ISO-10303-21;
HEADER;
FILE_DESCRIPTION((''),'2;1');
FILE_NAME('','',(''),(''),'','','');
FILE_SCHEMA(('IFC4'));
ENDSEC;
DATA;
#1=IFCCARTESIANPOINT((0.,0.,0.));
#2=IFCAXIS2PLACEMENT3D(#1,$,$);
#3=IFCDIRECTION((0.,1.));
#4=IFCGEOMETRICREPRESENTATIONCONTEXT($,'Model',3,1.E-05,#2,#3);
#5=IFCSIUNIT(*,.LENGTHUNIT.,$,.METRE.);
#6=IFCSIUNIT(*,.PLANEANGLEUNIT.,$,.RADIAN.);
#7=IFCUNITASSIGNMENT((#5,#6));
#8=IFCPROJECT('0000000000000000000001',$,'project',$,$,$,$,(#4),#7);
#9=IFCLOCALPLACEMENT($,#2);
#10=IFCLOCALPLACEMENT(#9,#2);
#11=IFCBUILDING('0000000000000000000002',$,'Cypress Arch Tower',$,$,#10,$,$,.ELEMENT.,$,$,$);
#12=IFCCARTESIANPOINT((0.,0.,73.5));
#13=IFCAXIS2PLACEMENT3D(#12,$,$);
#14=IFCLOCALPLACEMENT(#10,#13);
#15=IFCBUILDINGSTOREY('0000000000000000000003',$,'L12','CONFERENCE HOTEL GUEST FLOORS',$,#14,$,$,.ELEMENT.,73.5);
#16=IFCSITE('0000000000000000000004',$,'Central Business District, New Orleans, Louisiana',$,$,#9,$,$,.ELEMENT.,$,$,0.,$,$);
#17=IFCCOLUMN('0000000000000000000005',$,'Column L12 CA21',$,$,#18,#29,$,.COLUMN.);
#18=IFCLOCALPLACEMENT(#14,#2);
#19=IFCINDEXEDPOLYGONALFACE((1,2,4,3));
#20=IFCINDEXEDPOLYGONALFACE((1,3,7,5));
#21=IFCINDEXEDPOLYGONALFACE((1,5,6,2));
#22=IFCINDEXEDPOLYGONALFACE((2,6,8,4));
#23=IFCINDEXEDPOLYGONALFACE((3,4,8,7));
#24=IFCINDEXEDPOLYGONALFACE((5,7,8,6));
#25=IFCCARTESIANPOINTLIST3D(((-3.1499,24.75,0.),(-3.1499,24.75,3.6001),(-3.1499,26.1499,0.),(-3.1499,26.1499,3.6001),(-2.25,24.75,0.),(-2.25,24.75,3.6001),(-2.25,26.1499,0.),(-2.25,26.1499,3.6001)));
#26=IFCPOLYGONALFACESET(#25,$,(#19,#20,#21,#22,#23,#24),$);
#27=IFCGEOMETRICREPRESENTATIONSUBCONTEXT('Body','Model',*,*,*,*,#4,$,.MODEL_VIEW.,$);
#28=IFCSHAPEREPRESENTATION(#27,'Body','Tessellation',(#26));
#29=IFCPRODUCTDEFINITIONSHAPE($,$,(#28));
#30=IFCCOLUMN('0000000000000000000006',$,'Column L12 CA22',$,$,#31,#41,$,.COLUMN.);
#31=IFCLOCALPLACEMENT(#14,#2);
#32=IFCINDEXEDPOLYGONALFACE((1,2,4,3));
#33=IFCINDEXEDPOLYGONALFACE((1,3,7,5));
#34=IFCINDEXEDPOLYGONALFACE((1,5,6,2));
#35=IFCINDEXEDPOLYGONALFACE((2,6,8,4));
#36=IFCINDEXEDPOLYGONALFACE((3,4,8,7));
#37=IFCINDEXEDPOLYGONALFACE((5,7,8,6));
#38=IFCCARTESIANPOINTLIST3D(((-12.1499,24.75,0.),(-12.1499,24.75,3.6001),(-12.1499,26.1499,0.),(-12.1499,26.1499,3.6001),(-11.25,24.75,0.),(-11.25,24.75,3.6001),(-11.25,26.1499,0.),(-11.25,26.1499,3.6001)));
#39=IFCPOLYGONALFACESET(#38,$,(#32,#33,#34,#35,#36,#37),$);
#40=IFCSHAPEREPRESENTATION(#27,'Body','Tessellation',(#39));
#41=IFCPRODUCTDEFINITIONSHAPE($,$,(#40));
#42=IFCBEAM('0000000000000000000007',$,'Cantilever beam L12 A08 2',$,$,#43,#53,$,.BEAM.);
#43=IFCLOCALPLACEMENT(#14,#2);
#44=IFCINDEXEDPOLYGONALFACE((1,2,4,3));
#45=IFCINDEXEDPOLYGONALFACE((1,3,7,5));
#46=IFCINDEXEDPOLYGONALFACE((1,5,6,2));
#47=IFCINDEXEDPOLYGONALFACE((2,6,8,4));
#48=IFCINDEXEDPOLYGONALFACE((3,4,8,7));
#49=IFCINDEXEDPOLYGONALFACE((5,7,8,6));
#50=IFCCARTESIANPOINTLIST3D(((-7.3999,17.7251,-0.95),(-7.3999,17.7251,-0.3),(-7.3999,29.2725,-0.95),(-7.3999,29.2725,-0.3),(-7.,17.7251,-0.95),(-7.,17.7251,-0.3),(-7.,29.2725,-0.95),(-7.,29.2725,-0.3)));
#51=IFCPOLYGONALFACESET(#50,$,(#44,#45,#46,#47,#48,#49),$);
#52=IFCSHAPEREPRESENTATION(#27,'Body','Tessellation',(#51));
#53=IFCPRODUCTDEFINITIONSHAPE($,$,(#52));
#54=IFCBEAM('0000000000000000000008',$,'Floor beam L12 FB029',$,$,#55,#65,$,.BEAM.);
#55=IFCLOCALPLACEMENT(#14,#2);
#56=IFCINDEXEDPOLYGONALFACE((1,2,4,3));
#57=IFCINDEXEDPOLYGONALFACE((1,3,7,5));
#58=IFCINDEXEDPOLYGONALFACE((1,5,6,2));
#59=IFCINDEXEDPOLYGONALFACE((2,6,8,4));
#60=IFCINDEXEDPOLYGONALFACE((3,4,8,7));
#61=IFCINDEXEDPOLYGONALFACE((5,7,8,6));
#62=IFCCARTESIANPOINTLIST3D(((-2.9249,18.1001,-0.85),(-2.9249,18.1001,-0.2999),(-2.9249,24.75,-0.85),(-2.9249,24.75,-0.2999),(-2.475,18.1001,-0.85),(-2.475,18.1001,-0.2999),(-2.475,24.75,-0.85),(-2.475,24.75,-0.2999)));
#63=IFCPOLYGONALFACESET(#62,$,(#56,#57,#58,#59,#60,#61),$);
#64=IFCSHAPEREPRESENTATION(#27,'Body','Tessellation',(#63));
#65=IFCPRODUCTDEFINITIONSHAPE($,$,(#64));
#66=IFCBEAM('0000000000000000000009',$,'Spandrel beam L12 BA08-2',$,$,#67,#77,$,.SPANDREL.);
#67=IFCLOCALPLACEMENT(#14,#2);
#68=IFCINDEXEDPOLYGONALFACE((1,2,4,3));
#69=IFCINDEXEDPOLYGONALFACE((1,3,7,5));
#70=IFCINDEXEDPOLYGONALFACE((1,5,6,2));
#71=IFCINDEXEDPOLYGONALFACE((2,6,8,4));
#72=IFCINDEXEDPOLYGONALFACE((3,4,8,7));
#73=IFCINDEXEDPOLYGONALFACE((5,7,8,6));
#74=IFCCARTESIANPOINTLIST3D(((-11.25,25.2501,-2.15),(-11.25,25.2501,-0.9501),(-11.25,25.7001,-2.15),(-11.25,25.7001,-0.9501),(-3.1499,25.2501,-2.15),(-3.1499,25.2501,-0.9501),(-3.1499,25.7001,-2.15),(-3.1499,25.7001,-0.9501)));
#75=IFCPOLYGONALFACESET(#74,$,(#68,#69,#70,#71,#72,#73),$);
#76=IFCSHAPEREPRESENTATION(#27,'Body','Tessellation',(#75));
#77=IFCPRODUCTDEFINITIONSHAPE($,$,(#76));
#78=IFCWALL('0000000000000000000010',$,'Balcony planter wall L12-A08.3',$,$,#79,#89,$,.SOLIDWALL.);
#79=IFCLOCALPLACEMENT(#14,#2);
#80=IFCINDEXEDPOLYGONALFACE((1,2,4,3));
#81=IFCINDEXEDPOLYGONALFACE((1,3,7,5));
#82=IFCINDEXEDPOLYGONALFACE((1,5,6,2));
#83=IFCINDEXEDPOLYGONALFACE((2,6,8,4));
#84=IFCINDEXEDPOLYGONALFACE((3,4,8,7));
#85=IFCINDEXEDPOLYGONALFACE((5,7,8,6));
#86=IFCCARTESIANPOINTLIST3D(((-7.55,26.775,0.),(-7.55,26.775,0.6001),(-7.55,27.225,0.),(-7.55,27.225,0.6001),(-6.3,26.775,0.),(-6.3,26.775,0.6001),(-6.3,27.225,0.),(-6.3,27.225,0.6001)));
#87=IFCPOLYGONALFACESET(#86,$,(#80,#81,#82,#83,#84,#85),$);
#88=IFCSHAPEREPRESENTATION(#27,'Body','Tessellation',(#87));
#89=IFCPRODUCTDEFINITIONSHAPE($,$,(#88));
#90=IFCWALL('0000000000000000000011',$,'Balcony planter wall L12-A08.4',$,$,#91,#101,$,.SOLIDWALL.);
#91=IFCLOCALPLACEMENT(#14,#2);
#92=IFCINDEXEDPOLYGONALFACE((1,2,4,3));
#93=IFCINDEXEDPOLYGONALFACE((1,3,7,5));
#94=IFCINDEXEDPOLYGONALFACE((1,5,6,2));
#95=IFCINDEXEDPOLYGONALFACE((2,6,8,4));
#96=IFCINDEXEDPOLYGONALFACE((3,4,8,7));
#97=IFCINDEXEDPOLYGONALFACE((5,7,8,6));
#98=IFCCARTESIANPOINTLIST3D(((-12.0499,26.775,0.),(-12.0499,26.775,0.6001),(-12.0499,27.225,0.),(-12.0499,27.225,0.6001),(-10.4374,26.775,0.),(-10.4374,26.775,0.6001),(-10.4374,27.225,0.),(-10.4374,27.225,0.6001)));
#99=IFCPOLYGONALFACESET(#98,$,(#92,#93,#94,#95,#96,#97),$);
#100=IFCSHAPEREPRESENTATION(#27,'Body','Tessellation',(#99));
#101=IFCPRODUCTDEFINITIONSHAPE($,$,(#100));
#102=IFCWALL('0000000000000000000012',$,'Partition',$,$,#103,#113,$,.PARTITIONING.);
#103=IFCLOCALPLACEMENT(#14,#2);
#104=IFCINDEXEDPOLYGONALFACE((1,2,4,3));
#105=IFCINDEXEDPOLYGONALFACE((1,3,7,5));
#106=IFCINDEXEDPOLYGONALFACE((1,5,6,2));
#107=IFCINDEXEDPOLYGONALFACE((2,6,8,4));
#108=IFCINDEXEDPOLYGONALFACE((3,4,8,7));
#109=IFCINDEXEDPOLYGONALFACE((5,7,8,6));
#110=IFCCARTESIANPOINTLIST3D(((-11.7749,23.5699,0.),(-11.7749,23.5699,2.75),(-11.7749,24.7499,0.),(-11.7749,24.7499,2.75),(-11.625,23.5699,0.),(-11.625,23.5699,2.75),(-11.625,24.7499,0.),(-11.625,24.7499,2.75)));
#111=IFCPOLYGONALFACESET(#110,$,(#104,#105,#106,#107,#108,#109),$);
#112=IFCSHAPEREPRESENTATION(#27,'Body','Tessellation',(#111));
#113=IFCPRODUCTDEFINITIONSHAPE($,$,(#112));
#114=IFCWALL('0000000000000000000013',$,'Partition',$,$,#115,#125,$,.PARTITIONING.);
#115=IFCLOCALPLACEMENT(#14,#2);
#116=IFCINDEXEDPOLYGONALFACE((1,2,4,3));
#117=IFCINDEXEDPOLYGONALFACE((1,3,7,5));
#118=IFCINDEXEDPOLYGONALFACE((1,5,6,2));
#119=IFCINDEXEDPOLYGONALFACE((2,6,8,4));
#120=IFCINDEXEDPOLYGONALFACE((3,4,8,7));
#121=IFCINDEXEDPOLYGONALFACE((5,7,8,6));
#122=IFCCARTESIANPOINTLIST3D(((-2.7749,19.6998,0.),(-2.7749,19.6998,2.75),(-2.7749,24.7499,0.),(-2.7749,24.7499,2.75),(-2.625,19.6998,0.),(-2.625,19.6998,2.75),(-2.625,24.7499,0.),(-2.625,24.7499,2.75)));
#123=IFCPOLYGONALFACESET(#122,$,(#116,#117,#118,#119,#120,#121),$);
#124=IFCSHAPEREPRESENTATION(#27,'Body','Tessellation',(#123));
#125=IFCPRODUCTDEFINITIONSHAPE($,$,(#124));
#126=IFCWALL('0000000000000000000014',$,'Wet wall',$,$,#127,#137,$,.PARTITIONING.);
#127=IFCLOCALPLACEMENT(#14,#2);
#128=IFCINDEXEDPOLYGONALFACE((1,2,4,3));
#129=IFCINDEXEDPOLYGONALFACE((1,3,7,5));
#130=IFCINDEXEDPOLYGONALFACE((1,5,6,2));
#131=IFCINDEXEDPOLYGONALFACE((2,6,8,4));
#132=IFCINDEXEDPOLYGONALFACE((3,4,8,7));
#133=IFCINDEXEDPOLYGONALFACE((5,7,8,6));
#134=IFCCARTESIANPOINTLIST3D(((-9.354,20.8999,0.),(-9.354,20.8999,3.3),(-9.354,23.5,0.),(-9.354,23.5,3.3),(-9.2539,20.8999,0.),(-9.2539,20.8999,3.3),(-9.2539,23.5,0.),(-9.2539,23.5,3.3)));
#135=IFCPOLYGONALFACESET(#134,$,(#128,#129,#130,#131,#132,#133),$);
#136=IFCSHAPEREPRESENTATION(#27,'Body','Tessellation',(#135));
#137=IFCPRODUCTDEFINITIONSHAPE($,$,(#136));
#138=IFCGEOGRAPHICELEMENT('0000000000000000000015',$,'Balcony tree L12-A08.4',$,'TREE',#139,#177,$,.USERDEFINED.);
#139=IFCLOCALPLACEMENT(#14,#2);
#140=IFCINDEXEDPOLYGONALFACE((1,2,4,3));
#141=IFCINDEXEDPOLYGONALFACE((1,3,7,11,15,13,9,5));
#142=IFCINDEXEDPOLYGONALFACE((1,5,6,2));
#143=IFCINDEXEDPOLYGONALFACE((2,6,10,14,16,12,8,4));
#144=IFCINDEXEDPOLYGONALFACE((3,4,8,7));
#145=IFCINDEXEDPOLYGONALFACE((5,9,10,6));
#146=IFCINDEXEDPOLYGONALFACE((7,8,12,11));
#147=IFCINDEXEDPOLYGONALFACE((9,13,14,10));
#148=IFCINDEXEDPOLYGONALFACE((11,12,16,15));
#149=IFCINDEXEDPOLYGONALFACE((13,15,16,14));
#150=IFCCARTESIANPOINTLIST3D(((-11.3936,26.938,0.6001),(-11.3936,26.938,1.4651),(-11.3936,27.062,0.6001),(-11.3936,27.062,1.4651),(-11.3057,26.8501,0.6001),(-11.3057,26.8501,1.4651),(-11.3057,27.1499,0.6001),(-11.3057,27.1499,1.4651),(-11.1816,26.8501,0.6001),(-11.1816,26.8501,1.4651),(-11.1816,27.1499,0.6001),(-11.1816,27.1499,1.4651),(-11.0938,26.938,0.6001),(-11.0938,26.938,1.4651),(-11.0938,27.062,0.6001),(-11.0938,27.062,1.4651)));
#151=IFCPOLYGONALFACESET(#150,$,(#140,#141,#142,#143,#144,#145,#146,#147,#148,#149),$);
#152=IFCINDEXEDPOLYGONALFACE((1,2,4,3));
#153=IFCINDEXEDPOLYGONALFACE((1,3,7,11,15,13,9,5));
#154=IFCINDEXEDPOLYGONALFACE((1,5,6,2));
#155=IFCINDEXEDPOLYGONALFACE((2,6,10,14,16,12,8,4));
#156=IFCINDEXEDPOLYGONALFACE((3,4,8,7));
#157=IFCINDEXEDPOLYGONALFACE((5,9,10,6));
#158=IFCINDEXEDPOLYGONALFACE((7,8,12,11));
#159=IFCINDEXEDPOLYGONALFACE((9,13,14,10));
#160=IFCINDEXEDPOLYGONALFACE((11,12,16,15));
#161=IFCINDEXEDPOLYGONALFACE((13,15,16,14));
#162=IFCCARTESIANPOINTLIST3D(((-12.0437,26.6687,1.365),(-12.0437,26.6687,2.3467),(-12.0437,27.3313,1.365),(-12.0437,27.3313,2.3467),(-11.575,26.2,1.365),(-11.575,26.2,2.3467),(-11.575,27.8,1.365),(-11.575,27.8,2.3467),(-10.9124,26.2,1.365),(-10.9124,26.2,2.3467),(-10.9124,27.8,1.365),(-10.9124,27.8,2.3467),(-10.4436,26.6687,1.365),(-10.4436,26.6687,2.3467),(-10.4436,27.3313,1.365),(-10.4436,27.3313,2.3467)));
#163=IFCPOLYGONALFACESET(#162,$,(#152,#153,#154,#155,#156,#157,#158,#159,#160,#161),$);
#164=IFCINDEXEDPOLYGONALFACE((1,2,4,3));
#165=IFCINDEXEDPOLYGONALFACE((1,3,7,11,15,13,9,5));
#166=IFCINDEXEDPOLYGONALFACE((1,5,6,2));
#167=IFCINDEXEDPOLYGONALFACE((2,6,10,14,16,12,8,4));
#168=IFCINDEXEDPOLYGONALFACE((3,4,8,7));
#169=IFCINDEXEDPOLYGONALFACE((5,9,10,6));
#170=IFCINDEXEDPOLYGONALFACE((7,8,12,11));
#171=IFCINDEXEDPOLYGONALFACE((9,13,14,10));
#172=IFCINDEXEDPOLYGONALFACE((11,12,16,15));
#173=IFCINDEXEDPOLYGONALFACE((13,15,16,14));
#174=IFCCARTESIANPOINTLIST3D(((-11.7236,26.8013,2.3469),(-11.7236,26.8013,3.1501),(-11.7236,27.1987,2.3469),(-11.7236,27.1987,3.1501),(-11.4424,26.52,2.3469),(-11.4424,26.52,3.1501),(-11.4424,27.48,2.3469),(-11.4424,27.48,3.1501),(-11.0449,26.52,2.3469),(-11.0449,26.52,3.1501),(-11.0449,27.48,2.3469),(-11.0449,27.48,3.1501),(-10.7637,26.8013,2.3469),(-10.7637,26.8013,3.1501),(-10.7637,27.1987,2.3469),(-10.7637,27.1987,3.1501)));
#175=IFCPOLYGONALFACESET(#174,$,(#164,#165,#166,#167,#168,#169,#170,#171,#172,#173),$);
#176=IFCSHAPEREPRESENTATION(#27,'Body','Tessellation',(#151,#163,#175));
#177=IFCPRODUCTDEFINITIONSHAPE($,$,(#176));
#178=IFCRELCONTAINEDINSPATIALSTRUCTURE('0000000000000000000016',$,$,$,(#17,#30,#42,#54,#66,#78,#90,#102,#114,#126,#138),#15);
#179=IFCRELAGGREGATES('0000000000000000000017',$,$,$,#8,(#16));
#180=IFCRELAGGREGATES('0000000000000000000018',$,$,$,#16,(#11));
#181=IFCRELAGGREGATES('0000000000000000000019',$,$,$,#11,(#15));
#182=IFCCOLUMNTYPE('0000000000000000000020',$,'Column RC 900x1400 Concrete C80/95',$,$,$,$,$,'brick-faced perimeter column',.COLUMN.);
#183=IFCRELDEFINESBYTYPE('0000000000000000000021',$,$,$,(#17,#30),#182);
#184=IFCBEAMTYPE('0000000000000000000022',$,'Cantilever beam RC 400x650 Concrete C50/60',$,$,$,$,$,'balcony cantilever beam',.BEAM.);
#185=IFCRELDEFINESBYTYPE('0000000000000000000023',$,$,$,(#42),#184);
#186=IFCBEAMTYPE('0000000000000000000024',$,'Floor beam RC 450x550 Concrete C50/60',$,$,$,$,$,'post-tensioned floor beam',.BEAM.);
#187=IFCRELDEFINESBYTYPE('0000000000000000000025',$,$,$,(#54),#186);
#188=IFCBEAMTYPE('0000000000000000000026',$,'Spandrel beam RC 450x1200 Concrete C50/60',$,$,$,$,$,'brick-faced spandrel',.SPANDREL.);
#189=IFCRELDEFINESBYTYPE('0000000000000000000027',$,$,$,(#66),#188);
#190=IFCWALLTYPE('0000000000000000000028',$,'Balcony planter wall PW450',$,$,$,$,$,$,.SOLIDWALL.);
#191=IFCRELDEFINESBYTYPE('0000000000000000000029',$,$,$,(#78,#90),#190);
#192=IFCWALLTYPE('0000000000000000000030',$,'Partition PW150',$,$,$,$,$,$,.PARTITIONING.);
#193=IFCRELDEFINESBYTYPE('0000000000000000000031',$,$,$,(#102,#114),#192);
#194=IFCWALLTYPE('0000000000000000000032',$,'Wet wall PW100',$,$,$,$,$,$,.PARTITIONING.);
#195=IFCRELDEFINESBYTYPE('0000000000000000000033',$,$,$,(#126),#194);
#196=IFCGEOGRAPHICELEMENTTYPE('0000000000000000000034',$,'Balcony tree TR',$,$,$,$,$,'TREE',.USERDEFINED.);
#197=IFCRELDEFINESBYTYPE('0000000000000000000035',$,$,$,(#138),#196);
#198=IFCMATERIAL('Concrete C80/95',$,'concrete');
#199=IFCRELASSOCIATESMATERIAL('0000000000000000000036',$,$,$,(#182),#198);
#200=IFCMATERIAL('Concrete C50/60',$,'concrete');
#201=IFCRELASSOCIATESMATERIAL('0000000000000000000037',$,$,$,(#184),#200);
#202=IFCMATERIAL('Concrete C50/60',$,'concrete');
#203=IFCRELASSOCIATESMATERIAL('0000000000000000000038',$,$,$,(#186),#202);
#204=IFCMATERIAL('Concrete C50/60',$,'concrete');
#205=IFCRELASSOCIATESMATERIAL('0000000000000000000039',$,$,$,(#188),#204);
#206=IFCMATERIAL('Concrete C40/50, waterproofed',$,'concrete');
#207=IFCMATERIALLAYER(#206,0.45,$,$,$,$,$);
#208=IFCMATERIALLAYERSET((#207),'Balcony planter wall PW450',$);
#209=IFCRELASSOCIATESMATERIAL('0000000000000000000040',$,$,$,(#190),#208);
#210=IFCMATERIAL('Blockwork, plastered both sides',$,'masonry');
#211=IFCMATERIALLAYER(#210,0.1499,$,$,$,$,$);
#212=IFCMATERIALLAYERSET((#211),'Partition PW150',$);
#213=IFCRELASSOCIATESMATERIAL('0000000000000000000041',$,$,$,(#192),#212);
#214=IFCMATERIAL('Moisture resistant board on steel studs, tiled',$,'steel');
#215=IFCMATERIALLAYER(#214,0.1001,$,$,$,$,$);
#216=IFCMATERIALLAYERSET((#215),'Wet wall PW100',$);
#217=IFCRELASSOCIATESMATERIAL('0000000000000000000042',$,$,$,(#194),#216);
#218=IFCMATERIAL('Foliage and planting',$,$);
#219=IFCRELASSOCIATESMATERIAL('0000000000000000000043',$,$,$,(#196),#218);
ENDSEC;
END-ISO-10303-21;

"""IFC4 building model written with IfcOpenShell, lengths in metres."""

from ifc_helpers import new_model, si_unit, direction, frame, frame_2d, origin, origin_2d, place, context, subcontext, project, spatial, polyline, rectangle, outline, extrude, material, layer, layer_set, material_profile, profile_set, type_object, element, save


model = new_model("IFC4")

# Units and contexts
model_context = context("Model", 3, precision=1e-05, world=origin(), true_north=direction((0.0, 1.0)))
body_context = subcontext(model_context, "Body", "Model", "MODEL_VIEW")
ifc_project = project(units=[si_unit("LENGTHUNIT", "METRE"), si_unit("PLANEANGLEUNIT", "RADIAN")], contexts=[model_context])

# Site, building, storey
site_placement = place(None, origin())
site = spatial("IfcSite", under=ifc_project, at=site_placement, Name="Central Business District, New Orleans, Louisiana", CompositionType="ELEMENT", RefElevation=0.0)
building_placement = place(site_placement, origin())
building = spatial("IfcBuilding", under=site, at=building_placement, Name="Cypress Arch Tower", CompositionType="ELEMENT")
storey_placement = place(building_placement, frame((0.0, 0.0, 73.5)))
storey = spatial("IfcBuildingStorey", under=building, at=storey_placement, Name="L12", Description="CONFERENCE HOTEL GUEST FLOORS", CompositionType="ELEMENT", Elevation=73.5)

# Columns
ifc_material_1 = material(Name="Concrete C80/95", Category="concrete")
ifc_material_profile_1 = material_profile(ifc_material_1, rectangle(XDim=0.8999, YDim=1.3999, at=origin_2d()), Name="RC 900x1400")
ifc_profile_set_1 = profile_set([ifc_material_profile_1], Name="Concrete C80/95")
column_type = type_object("IfcColumnType", Name="Column RC 900x1400 Concrete C80/95", ElementType="brick-faced perimeter column", PredefinedType="COLUMN", material=ifc_profile_set_1)
for number, where, z_axis, x_axis, name in (
    (1, (-2.7, 25.45, 0.0), (0.0, 0.0, 1.0), (-1.0, 0.0, 0.0), "Column L12 CA21"),
    (2, (-11.7, 25.45, 0.0), (0.0, 0.0, 1.0), (-1.0, 0.0, 0.0), "Column L12 CA22"),
):
    element("IfcColumn", number, at=place(storey_placement, frame(where, z_axis=z_axis, x_axis=x_axis)), inside=storey, type_object=column_type, Name=name, PredefinedType="COLUMN", context=body_context, shape_type="SweptSolid", body=[
        extrude(rectangle(XDim=0.8999, YDim=1.3999, at=origin_2d()), origin(), (0.0, 0.0, 1.0), 3.6001),
    ])

# Beams
ifc_material_2 = material(Name="Concrete C50/60", Category="concrete")
ifc_material_profile_2 = material_profile(ifc_material_2, rectangle(XDim=0.3999, YDim=0.6499, at=origin_2d()), Name="RC 400x650")
ifc_profile_set_2 = profile_set([ifc_material_profile_2], Name="Concrete C50/60")
beam_type_1 = type_object("IfcBeamType", Name="Cantilever beam RC 400x650 Concrete C50/60", ElementType="balcony cantilever beam", PredefinedType="BEAM", material=ifc_profile_set_2)
beam_1_placement = place(storey_placement, frame((-7.2, 17.7251, -0.625), z_axis=(0.0, 1.0, 0.0), x_axis=(-1.0, 0.0, 0.0)))
element("IfcBeam", 3, at=beam_1_placement, inside=storey, type_object=beam_type_1, Name="Cantilever beam L12 A08 2", PredefinedType="BEAM", context=body_context, shape_type="SweptSolid", body=[
    extrude(rectangle(XDim=0.3999, YDim=0.6499, at=origin_2d()), origin(), (0.0, 0.0, 1.0), 11.5474),
])
ifc_material_3 = material(Name="Concrete C50/60", Category="concrete")
ifc_material_profile_3 = material_profile(ifc_material_3, rectangle(XDim=0.45, YDim=0.55, at=origin_2d()), Name="RC 450x550")
ifc_profile_set_3 = profile_set([ifc_material_profile_3], Name="Concrete C50/60")
beam_type_2 = type_object("IfcBeamType", Name="Floor beam RC 450x550 Concrete C50/60", ElementType="post-tensioned floor beam", PredefinedType="BEAM", material=ifc_profile_set_3)
beam_2_placement = place(storey_placement, frame((-2.7, 18.1001, -0.575), z_axis=(0.0, 1.0, 0.0), x_axis=(-1.0, 0.0, 0.0)))
element("IfcBeam", 4, at=beam_2_placement, inside=storey, type_object=beam_type_2, Name="Floor beam L12 FB029", PredefinedType="BEAM", context=body_context, shape_type="SweptSolid", body=[
    extrude(rectangle(XDim=0.45, YDim=0.55, at=origin_2d()), origin(), (0.0, 0.0, 1.0), 6.6499),
])
ifc_material_4 = material(Name="Concrete C50/60", Category="concrete")
ifc_material_profile_4 = material_profile(ifc_material_4, rectangle(XDim=0.45, YDim=1.2, at=origin_2d()), Name="RC 450x1200")
ifc_profile_set_4 = profile_set([ifc_material_profile_4], Name="Concrete C50/60")
beam_type_3 = type_object("IfcBeamType", Name="Spandrel beam RC 450x1200 Concrete C50/60", ElementType="brick-faced spandrel", PredefinedType="SPANDREL", material=ifc_profile_set_4)
beam_3_placement = place(storey_placement, frame((-3.1499, 25.4751, -1.55), z_axis=(-1.0, 0.0, 0.0), x_axis=(0.0, -1.0, 0.0)))
element("IfcBeam", 5, at=beam_3_placement, inside=storey, type_object=beam_type_3, Name="Spandrel beam L12 BA08-2", PredefinedType="SPANDREL", context=body_context, shape_type="SweptSolid", body=[
    extrude(rectangle(XDim=0.45, YDim=1.2, at=origin_2d()), origin(), (0.0, 0.0, 1.0), 8.1001),
])

# Walls
ifc_material_5 = material(Name="Concrete C40/50, waterproofed", Category="concrete")
ifc_layer_1 = layer(ifc_material_5, 0.45)
ifc_layer_set_1 = layer_set([ifc_layer_1], Name="Balcony planter wall PW450")
wall_type_1 = type_object("IfcWallType", Name="Balcony planter wall PW450", PredefinedType="SOLIDWALL", material=ifc_layer_set_1)
wall_1_placement = place(storey_placement, frame((-6.3, 27.0, 0.0), z_axis=(0.0, 0.0, 1.0), x_axis=(-1.0, 0.0, 0.0)))
element("IfcWall", 6, at=wall_1_placement, inside=storey, type_object=wall_type_1, Name="Balcony planter wall L12-A08.3", PredefinedType="SOLIDWALL", context=body_context, shape_type="SweptSolid", body=[
    extrude(rectangle(XDim=1.25, YDim=0.45, at=frame_2d((0.625, 0.0))), origin(), (0.0, 0.0, 1.0), 0.6001),
])
wall_2_placement = place(storey_placement, frame((-10.4375, 27.0, 0.0), z_axis=(0.0, 0.0, 1.0), x_axis=(-1.0, 0.0, 0.0)))
element("IfcWall", 7, at=wall_2_placement, inside=storey, type_object=wall_type_1, Name="Balcony planter wall L12-A08.4", PredefinedType="SOLIDWALL", context=body_context, shape_type="SweptSolid", body=[
    extrude(rectangle(XDim=1.6125, YDim=0.45, at=frame_2d((0.8062, 0.0))), origin(), (0.0, 0.0, 1.0), 0.6001),
])

# Walls
ifc_material_6 = material(Name="Blockwork, plastered both sides", Category="masonry")
ifc_layer_2 = layer(ifc_material_6, 0.1499)
ifc_layer_set_2 = layer_set([ifc_layer_2], Name="Partition PW150")
wall_type_2 = type_object("IfcWallType", Name="Partition PW150", PredefinedType="PARTITIONING", material=ifc_layer_set_2)
wall_3_placement = place(storey_placement, frame((-11.7, 23.5701, 0.0), z_axis=(0.0, 0.0, 1.0), x_axis=(0.0, 1.0, 0.0)))
element("IfcWall", 8, at=wall_3_placement, inside=storey, type_object=wall_type_2, Name="Partition", PredefinedType="PARTITIONING", context=body_context, shape_type="SweptSolid", body=[
    extrude(rectangle(XDim=1.1799, YDim=0.1499, at=frame_2d((0.5898, 0.0))), origin(), (0.0, 0.0, 1.0), 2.75),
])
wall_4_placement = place(storey_placement, frame((-2.7, 19.7, 0.0), z_axis=(0.0, 0.0, 1.0), x_axis=(0.0, 1.0, 0.0)))
element("IfcWall", 9, at=wall_4_placement, inside=storey, type_object=wall_type_2, Name="Partition", PredefinedType="PARTITIONING", context=body_context, shape_type="SweptSolid", body=[
    extrude(rectangle(XDim=5.05, YDim=0.1499, at=frame_2d((2.5249, 0.0))), origin(), (0.0, 0.0, 1.0), 2.75),
])
ifc_material_7 = material(Name="Moisture resistant board on steel studs, tiled", Category="steel")
ifc_layer_3 = layer(ifc_material_7, 0.1001)
ifc_layer_set_3 = layer_set([ifc_layer_3], Name="Wet wall PW100")
wall_type_3 = type_object("IfcWallType", Name="Wet wall PW100", PredefinedType="PARTITIONING", material=ifc_layer_set_3)
wall_5_placement = place(storey_placement, frame((-9.304, 20.8999, 0.0), z_axis=(0.0, 0.0, 1.0), x_axis=(0.0, 1.0, 0.0)))
element("IfcWall", 10, at=wall_5_placement, inside=storey, type_object=wall_type_3, Name="Wet wall", PredefinedType="PARTITIONING", context=body_context, shape_type="SweptSolid", body=[
    extrude(rectangle(XDim=2.6001, YDim=0.1001, at=frame_2d((1.3, 0.0))), origin(), (0.0, 0.0, 1.0), 3.3),
])

# Geographic element
ifc_material_8 = material(Name="Foliage and planting")
geographic_element_type = type_object("IfcGeographicElementType", Name="Balcony tree TR", ElementType="TREE", PredefinedType="USERDEFINED", material=ifc_material_8)
geographic_element_placement = place(storey_placement, frame((-11.2437, 27.0, 0.6001), z_axis=(0.0, 0.0, 1.0), x_axis=(1.0, 0.0, 0.0)))
element("IfcGeographicElement", 11, at=geographic_element_placement, inside=storey, type_object=geographic_element_type, Name="Balcony tree L12-A08.4", ObjectType="TREE", PredefinedType="USERDEFINED", context=body_context, shape_type="SweptSolid", body=[
    extrude(outline(polyline([(0.1499, 0.062), (0.062, 0.1499), (-0.062, 0.1499), (-0.1499, 0.062), (-0.1499, -0.062), (-0.062, -0.1499), (0.062, -0.1499), (0.1499, -0.062), (0.1499, 0.062)])), origin(), (0.0, 0.0, 1.0), 0.865),
    extrude(outline(polyline([(0.8, 0.3313), (0.3313, 0.8), (-0.3313, 0.8), (-0.8, 0.3313), (-0.8, -0.3313), (-0.3313, -0.8), (0.3313, -0.8), (0.8, -0.3313), (0.8, 0.3313)])), frame((0.0, 0.0, 0.7649)), (0.0, 0.0, 1.0), 0.9817),
    extrude(outline(polyline([(0.48, 0.1987), (0.1987, 0.48), (-0.1987, 0.48), (-0.48, 0.1987), (-0.48, -0.1987), (-0.1987, -0.48), (0.1987, -0.48), (0.48, -0.1987), (0.48, 0.1987)])), frame((0.0, 0.0, 1.7468)), (0.0, 0.0, 1.0), 0.8032),
])

save(model, "model.ifc")
